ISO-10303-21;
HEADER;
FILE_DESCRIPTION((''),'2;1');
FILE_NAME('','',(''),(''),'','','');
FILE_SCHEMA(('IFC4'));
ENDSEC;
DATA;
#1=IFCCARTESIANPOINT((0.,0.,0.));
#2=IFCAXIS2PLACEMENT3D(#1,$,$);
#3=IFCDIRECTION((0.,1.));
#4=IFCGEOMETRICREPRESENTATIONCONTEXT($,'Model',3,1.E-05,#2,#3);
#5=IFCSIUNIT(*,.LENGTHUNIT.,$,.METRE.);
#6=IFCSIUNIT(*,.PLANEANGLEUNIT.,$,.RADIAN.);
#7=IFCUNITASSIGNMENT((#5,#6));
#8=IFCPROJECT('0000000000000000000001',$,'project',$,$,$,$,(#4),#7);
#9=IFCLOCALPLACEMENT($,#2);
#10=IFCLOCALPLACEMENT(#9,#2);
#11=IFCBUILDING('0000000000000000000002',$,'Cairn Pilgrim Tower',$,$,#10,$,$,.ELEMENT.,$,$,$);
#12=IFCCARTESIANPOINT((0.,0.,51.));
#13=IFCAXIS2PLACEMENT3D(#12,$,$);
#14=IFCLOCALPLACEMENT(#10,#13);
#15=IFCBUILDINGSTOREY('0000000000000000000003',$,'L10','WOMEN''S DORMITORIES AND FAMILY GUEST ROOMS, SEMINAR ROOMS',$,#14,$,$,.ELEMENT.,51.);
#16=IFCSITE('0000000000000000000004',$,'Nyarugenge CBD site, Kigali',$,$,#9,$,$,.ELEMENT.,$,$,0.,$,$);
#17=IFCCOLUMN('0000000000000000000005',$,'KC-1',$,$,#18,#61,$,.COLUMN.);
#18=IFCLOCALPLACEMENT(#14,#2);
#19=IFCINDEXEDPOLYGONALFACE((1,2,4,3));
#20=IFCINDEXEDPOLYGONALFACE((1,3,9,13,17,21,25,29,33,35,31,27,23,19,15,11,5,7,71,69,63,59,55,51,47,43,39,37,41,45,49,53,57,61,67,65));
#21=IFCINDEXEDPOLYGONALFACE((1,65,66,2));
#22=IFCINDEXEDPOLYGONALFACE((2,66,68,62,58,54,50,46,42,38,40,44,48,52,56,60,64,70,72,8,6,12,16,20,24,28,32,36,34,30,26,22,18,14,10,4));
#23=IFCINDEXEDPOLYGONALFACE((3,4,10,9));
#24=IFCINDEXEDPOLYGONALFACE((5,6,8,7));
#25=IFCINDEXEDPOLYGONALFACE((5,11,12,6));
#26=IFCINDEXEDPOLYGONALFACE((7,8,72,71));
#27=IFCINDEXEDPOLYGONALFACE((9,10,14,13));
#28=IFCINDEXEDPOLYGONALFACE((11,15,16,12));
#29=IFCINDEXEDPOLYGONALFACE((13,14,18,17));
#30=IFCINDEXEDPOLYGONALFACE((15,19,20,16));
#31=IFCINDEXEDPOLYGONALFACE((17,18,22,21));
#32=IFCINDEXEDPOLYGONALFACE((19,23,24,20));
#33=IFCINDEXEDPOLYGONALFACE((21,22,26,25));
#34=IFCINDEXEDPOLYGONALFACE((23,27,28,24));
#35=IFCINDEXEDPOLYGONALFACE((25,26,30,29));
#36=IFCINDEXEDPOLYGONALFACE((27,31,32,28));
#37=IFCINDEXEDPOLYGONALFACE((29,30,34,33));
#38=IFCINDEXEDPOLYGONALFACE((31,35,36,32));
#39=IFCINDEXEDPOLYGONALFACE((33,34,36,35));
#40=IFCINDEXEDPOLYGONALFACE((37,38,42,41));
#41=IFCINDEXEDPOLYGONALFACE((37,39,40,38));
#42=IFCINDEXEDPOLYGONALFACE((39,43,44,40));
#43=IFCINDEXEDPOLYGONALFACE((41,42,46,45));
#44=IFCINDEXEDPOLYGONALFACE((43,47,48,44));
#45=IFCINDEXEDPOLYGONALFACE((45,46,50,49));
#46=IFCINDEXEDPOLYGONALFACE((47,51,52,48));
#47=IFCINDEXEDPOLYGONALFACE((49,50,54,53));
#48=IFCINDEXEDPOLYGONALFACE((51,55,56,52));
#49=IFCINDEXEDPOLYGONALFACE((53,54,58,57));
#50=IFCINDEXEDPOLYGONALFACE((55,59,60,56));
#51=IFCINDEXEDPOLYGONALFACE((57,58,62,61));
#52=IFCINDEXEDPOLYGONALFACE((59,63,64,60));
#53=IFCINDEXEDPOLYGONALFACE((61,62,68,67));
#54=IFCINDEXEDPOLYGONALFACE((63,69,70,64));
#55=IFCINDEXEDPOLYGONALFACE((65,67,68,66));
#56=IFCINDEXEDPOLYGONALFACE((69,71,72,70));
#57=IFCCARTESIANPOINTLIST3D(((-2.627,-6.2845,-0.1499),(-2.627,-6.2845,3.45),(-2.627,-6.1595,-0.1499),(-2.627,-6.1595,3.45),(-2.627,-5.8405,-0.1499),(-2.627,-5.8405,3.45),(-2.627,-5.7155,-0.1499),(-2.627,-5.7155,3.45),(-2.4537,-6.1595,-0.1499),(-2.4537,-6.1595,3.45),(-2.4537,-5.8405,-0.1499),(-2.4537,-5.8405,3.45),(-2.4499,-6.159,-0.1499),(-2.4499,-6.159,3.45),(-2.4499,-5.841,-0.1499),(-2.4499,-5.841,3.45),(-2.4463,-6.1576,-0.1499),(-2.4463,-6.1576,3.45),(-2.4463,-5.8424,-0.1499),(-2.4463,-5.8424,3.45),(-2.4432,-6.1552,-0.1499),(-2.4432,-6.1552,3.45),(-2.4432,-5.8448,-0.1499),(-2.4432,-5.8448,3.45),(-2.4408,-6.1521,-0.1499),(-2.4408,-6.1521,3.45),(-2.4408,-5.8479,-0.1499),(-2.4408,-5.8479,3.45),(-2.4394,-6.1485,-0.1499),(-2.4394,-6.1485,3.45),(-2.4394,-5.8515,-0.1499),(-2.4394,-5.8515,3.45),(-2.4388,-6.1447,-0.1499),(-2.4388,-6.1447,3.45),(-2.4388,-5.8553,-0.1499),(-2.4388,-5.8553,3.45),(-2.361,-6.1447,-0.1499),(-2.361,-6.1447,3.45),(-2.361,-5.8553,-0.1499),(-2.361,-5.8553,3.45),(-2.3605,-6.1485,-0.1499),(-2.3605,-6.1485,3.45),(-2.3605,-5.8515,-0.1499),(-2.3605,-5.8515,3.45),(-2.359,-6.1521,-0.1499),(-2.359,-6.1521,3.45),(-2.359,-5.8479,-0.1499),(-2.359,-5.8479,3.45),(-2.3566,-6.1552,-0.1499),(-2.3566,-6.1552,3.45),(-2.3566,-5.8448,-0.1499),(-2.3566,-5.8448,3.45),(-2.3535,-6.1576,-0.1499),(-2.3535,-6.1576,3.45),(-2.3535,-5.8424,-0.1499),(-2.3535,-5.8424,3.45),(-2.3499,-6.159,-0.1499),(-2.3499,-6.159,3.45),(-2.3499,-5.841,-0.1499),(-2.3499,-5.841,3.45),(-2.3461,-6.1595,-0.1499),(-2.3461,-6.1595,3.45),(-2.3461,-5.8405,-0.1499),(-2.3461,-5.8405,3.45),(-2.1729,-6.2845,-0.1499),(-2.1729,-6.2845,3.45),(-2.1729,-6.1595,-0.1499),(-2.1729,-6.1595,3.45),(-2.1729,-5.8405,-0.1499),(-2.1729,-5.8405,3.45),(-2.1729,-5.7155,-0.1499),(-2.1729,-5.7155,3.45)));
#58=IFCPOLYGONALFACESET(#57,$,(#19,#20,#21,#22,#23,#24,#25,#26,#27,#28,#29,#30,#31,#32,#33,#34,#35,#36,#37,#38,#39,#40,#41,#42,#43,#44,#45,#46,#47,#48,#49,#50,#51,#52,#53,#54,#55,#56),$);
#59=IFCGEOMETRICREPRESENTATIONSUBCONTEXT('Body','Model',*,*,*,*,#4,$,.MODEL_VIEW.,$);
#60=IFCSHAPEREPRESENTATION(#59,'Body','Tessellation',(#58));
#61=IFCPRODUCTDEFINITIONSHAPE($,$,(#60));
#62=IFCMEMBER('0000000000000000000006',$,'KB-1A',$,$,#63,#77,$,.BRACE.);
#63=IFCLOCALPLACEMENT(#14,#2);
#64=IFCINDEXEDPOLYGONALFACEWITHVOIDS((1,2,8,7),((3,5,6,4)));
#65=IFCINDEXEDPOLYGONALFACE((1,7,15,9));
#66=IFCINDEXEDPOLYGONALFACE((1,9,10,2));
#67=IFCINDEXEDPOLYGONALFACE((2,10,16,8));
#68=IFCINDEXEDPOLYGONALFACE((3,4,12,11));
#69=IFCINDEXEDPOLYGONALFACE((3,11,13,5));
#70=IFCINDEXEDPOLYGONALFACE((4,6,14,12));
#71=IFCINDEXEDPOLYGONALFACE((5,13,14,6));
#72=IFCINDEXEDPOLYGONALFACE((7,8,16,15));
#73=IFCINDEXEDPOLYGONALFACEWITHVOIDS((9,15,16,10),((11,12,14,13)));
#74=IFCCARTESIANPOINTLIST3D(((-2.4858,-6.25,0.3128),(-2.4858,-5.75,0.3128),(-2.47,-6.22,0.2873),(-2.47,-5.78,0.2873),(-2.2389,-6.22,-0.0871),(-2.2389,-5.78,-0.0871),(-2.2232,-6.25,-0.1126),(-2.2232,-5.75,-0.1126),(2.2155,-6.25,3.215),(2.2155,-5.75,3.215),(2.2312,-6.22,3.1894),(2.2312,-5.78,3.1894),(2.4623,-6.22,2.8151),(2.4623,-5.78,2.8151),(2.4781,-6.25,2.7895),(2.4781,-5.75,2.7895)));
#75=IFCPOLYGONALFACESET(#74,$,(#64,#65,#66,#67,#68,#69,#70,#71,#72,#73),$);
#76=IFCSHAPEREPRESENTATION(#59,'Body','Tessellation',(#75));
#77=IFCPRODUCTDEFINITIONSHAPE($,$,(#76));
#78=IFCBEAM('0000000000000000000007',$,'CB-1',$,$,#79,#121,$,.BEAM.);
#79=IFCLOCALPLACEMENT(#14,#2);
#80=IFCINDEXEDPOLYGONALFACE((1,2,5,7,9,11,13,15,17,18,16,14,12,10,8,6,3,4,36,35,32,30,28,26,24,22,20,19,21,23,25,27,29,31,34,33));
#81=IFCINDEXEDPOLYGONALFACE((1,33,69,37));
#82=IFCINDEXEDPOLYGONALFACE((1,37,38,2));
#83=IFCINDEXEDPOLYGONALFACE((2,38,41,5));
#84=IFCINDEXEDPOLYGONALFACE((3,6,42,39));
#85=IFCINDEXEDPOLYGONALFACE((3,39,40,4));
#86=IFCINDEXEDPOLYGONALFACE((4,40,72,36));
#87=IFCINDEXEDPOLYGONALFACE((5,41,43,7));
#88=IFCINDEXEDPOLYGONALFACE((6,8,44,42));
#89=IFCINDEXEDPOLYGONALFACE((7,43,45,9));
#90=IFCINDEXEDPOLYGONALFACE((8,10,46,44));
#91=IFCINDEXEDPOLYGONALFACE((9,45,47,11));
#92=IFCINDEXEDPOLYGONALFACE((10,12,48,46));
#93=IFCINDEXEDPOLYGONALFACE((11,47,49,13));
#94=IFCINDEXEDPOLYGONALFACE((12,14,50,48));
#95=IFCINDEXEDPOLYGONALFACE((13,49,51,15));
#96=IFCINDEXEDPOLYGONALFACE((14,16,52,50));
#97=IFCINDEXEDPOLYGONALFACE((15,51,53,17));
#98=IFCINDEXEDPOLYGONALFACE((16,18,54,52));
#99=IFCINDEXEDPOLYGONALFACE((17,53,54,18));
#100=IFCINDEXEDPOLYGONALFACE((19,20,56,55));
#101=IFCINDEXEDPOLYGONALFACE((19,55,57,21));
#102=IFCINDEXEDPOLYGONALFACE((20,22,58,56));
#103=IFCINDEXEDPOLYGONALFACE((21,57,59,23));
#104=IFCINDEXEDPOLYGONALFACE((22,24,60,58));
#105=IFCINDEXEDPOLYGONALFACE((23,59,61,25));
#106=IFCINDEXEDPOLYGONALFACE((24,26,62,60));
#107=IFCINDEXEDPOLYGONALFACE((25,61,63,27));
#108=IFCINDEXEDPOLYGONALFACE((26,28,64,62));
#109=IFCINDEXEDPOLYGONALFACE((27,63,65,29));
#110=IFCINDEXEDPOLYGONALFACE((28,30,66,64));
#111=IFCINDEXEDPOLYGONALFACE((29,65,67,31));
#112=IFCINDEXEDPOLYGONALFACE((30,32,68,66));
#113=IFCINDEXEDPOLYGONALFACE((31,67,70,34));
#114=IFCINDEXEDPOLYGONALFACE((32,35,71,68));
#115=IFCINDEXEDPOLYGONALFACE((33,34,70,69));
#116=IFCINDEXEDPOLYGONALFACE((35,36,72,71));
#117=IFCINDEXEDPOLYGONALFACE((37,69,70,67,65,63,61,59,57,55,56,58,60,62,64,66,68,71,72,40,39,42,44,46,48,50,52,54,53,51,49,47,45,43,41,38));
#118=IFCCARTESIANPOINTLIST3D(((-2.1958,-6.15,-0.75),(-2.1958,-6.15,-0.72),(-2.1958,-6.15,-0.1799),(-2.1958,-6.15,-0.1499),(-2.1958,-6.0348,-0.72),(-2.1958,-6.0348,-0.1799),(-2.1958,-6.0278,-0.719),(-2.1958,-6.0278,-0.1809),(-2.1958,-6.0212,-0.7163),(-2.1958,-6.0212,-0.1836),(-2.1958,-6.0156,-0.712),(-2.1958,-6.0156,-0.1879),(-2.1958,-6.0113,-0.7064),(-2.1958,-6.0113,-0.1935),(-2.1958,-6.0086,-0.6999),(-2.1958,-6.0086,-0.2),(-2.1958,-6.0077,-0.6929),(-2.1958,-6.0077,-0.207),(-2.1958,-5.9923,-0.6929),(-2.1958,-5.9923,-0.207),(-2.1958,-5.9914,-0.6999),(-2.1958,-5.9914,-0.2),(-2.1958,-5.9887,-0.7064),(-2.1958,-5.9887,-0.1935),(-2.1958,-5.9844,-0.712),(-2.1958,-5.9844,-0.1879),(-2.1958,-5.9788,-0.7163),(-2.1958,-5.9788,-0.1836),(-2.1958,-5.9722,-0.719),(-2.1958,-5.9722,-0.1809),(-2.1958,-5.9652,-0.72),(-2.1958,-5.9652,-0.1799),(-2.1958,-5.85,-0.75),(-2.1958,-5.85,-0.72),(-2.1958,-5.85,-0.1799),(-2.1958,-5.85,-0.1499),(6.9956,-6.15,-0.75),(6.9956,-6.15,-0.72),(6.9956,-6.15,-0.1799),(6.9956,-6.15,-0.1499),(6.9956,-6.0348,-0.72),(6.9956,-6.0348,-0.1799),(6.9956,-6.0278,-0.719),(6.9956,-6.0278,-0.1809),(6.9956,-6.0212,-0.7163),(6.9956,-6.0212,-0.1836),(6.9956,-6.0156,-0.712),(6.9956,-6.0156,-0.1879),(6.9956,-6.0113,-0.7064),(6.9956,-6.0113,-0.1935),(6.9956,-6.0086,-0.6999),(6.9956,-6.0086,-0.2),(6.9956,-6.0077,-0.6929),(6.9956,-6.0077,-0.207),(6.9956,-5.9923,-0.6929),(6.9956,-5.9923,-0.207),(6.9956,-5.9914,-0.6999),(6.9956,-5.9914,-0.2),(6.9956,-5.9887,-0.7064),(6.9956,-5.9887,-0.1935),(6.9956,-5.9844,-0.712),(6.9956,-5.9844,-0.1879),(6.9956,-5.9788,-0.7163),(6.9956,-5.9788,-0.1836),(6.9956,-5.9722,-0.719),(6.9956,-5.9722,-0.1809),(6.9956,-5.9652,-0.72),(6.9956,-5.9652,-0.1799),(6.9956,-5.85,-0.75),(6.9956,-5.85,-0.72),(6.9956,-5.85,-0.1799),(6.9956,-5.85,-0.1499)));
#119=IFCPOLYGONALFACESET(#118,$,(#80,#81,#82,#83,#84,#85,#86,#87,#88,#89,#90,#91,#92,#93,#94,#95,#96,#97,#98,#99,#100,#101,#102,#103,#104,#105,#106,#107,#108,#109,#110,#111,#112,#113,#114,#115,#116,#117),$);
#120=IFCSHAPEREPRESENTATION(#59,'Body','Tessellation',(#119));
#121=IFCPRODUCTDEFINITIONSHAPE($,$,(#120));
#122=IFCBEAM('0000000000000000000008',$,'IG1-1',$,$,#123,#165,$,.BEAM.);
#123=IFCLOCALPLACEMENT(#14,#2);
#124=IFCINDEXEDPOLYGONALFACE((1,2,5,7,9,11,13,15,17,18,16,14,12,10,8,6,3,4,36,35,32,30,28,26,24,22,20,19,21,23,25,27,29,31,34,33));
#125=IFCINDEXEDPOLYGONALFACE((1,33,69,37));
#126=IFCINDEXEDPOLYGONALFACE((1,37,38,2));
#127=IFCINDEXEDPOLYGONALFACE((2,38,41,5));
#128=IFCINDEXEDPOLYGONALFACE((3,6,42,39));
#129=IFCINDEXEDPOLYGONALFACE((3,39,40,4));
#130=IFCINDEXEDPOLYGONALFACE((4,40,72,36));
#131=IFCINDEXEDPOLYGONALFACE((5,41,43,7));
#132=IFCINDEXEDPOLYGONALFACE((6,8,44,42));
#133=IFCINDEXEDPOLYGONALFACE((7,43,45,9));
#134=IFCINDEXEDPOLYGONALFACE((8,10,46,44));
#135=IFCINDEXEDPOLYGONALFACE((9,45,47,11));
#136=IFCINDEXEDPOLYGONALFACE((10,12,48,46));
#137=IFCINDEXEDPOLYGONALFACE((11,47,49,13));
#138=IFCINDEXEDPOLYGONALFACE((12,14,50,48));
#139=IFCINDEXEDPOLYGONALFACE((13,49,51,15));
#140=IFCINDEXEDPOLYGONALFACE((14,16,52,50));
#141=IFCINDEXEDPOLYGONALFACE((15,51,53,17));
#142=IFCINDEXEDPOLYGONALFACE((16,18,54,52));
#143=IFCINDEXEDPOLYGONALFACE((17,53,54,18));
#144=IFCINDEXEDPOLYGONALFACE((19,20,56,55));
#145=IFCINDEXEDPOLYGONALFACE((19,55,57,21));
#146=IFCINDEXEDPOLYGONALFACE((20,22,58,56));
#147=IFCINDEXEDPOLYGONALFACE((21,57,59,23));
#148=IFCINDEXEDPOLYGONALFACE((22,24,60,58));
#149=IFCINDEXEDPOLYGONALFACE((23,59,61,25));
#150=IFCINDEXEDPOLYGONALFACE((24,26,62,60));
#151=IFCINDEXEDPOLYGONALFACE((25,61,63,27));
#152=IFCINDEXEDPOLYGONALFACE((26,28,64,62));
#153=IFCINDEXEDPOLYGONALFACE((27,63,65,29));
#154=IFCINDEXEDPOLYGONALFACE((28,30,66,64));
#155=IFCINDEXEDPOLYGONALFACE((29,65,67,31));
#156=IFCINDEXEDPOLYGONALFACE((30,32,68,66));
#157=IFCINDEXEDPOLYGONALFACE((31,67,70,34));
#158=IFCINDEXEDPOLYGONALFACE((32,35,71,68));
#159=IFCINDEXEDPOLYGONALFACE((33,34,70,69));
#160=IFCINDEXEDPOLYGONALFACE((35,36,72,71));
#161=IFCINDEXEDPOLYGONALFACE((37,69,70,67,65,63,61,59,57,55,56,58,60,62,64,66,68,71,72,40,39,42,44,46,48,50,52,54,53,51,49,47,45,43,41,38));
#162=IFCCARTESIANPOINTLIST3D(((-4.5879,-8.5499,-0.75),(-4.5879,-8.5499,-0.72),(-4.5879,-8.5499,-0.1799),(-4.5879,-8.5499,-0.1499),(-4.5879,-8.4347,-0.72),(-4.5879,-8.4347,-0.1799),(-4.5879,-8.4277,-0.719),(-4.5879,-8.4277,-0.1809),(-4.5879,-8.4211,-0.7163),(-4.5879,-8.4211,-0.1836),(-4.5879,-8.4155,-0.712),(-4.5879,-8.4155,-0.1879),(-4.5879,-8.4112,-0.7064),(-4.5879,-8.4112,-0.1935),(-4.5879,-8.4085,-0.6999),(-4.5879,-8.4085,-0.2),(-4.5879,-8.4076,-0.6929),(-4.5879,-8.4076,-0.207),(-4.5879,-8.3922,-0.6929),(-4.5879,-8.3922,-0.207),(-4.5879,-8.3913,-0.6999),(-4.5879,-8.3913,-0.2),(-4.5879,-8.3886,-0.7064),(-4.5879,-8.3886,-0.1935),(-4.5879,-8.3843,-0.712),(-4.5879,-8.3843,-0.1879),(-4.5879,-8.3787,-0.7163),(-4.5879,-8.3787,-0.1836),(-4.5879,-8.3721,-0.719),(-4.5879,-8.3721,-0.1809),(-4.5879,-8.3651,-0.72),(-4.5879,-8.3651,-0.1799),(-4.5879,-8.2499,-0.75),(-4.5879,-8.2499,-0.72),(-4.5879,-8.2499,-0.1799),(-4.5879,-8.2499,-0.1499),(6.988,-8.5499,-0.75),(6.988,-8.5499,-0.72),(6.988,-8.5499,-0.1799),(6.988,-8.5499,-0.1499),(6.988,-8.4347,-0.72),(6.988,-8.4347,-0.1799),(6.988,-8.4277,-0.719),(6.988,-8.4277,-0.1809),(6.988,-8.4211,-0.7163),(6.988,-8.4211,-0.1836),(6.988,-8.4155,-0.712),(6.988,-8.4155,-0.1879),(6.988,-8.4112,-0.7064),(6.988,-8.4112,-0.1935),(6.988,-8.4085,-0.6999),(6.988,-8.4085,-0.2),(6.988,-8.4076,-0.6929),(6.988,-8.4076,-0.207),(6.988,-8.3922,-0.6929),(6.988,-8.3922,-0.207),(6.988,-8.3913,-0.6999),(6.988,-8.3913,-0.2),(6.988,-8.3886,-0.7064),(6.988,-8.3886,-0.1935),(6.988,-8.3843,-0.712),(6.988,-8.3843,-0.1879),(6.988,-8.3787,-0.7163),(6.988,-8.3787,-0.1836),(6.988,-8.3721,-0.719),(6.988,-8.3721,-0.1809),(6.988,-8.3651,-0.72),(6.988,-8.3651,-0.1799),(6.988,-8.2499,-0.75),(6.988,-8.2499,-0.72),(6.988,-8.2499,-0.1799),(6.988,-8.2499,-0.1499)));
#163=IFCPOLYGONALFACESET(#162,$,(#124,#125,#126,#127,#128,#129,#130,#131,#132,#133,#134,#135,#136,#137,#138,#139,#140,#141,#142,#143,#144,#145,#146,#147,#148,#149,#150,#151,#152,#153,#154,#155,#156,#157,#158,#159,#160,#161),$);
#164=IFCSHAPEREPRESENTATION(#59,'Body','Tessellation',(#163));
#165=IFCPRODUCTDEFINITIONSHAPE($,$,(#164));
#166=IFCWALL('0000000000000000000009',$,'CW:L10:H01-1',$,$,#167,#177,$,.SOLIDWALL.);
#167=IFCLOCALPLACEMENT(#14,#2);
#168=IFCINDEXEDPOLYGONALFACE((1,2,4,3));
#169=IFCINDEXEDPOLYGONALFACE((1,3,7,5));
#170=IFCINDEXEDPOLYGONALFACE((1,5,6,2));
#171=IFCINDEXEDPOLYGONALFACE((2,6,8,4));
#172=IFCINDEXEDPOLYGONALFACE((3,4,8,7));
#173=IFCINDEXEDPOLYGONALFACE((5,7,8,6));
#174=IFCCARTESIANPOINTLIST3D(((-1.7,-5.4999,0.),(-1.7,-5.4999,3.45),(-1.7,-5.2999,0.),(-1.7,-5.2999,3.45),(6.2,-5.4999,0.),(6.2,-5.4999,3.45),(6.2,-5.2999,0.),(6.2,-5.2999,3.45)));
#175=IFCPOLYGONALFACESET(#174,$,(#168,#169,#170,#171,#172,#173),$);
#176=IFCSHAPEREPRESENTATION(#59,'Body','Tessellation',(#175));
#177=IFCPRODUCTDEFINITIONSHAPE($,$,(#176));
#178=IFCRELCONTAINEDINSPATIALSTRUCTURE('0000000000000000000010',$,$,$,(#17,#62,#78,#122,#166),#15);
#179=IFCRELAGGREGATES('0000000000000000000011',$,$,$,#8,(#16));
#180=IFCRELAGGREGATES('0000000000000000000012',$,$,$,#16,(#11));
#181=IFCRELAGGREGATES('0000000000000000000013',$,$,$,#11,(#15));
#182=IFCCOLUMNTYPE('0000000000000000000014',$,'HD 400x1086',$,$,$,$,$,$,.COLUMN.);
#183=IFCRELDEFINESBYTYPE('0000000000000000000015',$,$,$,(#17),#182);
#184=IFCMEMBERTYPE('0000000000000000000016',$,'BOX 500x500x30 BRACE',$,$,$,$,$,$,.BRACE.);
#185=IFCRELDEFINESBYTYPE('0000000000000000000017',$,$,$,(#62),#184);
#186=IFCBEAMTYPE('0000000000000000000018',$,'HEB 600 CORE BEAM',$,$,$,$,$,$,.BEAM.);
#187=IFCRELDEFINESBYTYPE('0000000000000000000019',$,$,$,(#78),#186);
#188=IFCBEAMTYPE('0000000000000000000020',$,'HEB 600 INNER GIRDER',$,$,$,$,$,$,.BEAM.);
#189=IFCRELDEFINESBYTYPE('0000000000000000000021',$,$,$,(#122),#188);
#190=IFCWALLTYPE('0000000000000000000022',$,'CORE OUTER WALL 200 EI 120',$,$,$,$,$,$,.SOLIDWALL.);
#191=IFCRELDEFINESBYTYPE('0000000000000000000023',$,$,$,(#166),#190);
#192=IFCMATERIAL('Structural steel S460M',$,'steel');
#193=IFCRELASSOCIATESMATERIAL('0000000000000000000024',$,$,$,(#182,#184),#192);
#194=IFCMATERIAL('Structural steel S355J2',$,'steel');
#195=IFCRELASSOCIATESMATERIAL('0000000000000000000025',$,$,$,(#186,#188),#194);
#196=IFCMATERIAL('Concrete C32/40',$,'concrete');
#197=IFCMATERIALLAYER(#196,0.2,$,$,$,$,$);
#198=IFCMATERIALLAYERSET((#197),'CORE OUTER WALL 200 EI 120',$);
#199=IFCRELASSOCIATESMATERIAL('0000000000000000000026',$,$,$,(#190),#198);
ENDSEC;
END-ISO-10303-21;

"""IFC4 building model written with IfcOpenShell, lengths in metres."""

from ifc_helpers import new_model, si_unit, direction, frame, frame_2d, origin, origin_2d, place, context, subcontext, project, spatial, rectangle, hollow_rectangle, i_section, extrude, material, layer, layer_set, material_profile, profile_set, type_object, element, save


model = new_model("IFC4")

# Units and contexts
model_context = context("Model", 3, precision=1e-05, world=origin(), true_north=direction((0.0, 1.0)))
body_context = subcontext(model_context, "Body", "Model", "MODEL_VIEW")
ifc_project = project(units=[si_unit("LENGTHUNIT", "METRE"), si_unit("PLANEANGLEUNIT", "RADIAN")], contexts=[model_context])

# Site, building, storey
site_placement = place(None, origin())
site = spatial("IfcSite", under=ifc_project, at=site_placement, Name="Nyarugenge CBD site, Kigali", CompositionType="ELEMENT", RefElevation=0.0)
building_placement = place(site_placement, origin())
building = spatial("IfcBuilding", under=site, at=building_placement, Name="Cairn Pilgrim Tower", CompositionType="ELEMENT")
storey_placement = place(building_placement, frame((0.0, 0.0, 51.0)))
storey = spatial("IfcBuildingStorey", under=building, at=storey_placement, Name="L10", Description="WOMEN'S DORMITORIES AND FAMILY GUEST ROOMS, SEMINAR ROOMS", CompositionType="ELEMENT", Elevation=51.0)

# Column
ifc_material_1 = material(Name="Structural steel S460M", Category="steel")
ifc_material_profile_1 = material_profile(ifc_material_1, i_section(OverallWidth=0.4541, OverallDepth=0.5691, WebThickness=0.0779, FlangeThickness=0.125, FilletRadius=0.0149, at=origin_2d()), Name="HD 400x1086")
ifc_profile_set_1 = profile_set([ifc_material_profile_1], Name="Structural steel S460M")
column_type = type_object("IfcColumnType", Name="HD 400x1086", PredefinedType="COLUMN", material=ifc_profile_set_1)
column_placement = place(storey_placement, frame((-2.3999, -6.0, -0.1499), z_axis=(0.0, 0.0, 1.0), x_axis=(1.0, 0.0, 0.0)))
element("IfcColumn", 1, at=column_placement, inside=storey, type_object=column_type, Name="KC-1", PredefinedType="COLUMN", context=body_context, shape_type="SweptSolid", body=[
    extrude(i_section(OverallWidth=0.4541, OverallDepth=0.5691, WebThickness=0.0779, FlangeThickness=0.125, FilletRadius=0.0149, at=origin_2d()), origin(), (0.0, 0.0, 1.0), 3.5999),
])

# Member
ifc_material_profile_2 = material_profile(ifc_material_1, hollow_rectangle(XDim=0.5, YDim=0.5, WallThickness=0.03, at=origin_2d()), Name="BOX 500x500x30")
ifc_profile_set_2 = profile_set([ifc_material_profile_2], Name="Structural steel S460M")
member_type = type_object("IfcMemberType", Name="BOX 500x500x30 BRACE", PredefinedType="BRACE", material=ifc_profile_set_2)
member_placement = place(storey_placement, frame((-2.3545, -6.0, 0.1001), z_axis=(0.850925, 0.0, 0.525288), x_axis=(0.0, 1.0, 0.0)))
element("IfcMember", 2, at=member_placement, inside=storey, type_object=member_type, Name="KB-1A", PredefinedType="BRACE", context=body_context, shape_type="SweptSolid", body=[
    extrude(hollow_rectangle(XDim=0.5, YDim=0.5, WallThickness=0.03, at=origin_2d()), origin(), (0.0, 0.0, 1.0), 5.5249),
])

# Beams
ifc_material_2 = material(Name="Structural steel S355J2", Category="steel")
ifc_material_profile_3 = material_profile(ifc_material_2, i_section(OverallWidth=0.3, OverallDepth=0.6001, WebThickness=0.0154, FlangeThickness=0.03, FilletRadius=0.0271, at=origin_2d()), Name="HEB 600")
ifc_profile_set_3 = profile_set([ifc_material_profile_3], Name="Structural steel S355J2")
beam_type_1 = type_object("IfcBeamType", Name="HEB 600 CORE BEAM", PredefinedType="BEAM", material=ifc_profile_set_3)
beam_1_placement = place(storey_placement, frame((-2.1958, -6.0, -0.45), z_axis=(1.0, 0.0, 0.0), x_axis=(0.0, 1.0, 0.0)))
element("IfcBeam", 3, at=beam_1_placement, inside=storey, type_object=beam_type_1, Name="CB-1", PredefinedType="BEAM", context=body_context, shape_type="SweptSolid", body=[
    extrude(i_section(OverallWidth=0.3, OverallDepth=0.6001, WebThickness=0.0154, FlangeThickness=0.03, FilletRadius=0.0271, at=origin_2d()), origin(), (0.0, 0.0, 1.0), 9.1914),
])
ifc_material_profile_4 = material_profile(ifc_material_2, i_section(OverallWidth=0.3, OverallDepth=0.6001, WebThickness=0.0154, FlangeThickness=0.03, FilletRadius=0.0271, at=origin_2d()), Name="HEB 600")
ifc_profile_set_4 = profile_set([ifc_material_profile_4], Name="Structural steel S355J2")
beam_type_2 = type_object("IfcBeamType", Name="HEB 600 INNER GIRDER", PredefinedType="BEAM", material=ifc_profile_set_4)
beam_2_placement = place(storey_placement, frame((-4.5879, -8.3999, -0.45), z_axis=(1.0, 0.0, 0.0), x_axis=(0.0, 1.0, 0.0)))
element("IfcBeam", 4, at=beam_2_placement, inside=storey, type_object=beam_type_2, Name="IG1-1", PredefinedType="BEAM", context=body_context, shape_type="SweptSolid", body=[
    extrude(i_section(OverallWidth=0.3, OverallDepth=0.6001, WebThickness=0.0154, FlangeThickness=0.03, FilletRadius=0.0271, at=origin_2d()), origin(), (0.0, 0.0, 1.0), 11.5759),
])

# Wall
ifc_material_3 = material(Name="Concrete C32/40", Category="concrete")
ifc_layer_1 = layer(ifc_material_3, 0.2)
ifc_layer_set_1 = layer_set([ifc_layer_1], Name="CORE OUTER WALL 200 EI 120")
wall_type_1 = type_object("IfcWallType", Name="CORE OUTER WALL 200 EI 120", PredefinedType="SOLIDWALL", material=ifc_layer_set_1)
wall_1_placement = place(storey_placement, frame((-1.7, -5.3999, 0.0), z_axis=(0.0, 0.0, 1.0), x_axis=(1.0, 0.0, 0.0)))
element("IfcWall", 5, at=wall_1_placement, inside=storey, type_object=wall_type_1, Name="CW:L10:H01-1", PredefinedType="SOLIDWALL", context=body_context, shape_type="SweptSolid", body=[
    extrude(rectangle(XDim=7.8999, YDim=0.2, at=frame_2d((3.95, 0.0))), origin(), (0.0, 0.0, 1.0), 3.45),
])

save(model, "model.ifc")
